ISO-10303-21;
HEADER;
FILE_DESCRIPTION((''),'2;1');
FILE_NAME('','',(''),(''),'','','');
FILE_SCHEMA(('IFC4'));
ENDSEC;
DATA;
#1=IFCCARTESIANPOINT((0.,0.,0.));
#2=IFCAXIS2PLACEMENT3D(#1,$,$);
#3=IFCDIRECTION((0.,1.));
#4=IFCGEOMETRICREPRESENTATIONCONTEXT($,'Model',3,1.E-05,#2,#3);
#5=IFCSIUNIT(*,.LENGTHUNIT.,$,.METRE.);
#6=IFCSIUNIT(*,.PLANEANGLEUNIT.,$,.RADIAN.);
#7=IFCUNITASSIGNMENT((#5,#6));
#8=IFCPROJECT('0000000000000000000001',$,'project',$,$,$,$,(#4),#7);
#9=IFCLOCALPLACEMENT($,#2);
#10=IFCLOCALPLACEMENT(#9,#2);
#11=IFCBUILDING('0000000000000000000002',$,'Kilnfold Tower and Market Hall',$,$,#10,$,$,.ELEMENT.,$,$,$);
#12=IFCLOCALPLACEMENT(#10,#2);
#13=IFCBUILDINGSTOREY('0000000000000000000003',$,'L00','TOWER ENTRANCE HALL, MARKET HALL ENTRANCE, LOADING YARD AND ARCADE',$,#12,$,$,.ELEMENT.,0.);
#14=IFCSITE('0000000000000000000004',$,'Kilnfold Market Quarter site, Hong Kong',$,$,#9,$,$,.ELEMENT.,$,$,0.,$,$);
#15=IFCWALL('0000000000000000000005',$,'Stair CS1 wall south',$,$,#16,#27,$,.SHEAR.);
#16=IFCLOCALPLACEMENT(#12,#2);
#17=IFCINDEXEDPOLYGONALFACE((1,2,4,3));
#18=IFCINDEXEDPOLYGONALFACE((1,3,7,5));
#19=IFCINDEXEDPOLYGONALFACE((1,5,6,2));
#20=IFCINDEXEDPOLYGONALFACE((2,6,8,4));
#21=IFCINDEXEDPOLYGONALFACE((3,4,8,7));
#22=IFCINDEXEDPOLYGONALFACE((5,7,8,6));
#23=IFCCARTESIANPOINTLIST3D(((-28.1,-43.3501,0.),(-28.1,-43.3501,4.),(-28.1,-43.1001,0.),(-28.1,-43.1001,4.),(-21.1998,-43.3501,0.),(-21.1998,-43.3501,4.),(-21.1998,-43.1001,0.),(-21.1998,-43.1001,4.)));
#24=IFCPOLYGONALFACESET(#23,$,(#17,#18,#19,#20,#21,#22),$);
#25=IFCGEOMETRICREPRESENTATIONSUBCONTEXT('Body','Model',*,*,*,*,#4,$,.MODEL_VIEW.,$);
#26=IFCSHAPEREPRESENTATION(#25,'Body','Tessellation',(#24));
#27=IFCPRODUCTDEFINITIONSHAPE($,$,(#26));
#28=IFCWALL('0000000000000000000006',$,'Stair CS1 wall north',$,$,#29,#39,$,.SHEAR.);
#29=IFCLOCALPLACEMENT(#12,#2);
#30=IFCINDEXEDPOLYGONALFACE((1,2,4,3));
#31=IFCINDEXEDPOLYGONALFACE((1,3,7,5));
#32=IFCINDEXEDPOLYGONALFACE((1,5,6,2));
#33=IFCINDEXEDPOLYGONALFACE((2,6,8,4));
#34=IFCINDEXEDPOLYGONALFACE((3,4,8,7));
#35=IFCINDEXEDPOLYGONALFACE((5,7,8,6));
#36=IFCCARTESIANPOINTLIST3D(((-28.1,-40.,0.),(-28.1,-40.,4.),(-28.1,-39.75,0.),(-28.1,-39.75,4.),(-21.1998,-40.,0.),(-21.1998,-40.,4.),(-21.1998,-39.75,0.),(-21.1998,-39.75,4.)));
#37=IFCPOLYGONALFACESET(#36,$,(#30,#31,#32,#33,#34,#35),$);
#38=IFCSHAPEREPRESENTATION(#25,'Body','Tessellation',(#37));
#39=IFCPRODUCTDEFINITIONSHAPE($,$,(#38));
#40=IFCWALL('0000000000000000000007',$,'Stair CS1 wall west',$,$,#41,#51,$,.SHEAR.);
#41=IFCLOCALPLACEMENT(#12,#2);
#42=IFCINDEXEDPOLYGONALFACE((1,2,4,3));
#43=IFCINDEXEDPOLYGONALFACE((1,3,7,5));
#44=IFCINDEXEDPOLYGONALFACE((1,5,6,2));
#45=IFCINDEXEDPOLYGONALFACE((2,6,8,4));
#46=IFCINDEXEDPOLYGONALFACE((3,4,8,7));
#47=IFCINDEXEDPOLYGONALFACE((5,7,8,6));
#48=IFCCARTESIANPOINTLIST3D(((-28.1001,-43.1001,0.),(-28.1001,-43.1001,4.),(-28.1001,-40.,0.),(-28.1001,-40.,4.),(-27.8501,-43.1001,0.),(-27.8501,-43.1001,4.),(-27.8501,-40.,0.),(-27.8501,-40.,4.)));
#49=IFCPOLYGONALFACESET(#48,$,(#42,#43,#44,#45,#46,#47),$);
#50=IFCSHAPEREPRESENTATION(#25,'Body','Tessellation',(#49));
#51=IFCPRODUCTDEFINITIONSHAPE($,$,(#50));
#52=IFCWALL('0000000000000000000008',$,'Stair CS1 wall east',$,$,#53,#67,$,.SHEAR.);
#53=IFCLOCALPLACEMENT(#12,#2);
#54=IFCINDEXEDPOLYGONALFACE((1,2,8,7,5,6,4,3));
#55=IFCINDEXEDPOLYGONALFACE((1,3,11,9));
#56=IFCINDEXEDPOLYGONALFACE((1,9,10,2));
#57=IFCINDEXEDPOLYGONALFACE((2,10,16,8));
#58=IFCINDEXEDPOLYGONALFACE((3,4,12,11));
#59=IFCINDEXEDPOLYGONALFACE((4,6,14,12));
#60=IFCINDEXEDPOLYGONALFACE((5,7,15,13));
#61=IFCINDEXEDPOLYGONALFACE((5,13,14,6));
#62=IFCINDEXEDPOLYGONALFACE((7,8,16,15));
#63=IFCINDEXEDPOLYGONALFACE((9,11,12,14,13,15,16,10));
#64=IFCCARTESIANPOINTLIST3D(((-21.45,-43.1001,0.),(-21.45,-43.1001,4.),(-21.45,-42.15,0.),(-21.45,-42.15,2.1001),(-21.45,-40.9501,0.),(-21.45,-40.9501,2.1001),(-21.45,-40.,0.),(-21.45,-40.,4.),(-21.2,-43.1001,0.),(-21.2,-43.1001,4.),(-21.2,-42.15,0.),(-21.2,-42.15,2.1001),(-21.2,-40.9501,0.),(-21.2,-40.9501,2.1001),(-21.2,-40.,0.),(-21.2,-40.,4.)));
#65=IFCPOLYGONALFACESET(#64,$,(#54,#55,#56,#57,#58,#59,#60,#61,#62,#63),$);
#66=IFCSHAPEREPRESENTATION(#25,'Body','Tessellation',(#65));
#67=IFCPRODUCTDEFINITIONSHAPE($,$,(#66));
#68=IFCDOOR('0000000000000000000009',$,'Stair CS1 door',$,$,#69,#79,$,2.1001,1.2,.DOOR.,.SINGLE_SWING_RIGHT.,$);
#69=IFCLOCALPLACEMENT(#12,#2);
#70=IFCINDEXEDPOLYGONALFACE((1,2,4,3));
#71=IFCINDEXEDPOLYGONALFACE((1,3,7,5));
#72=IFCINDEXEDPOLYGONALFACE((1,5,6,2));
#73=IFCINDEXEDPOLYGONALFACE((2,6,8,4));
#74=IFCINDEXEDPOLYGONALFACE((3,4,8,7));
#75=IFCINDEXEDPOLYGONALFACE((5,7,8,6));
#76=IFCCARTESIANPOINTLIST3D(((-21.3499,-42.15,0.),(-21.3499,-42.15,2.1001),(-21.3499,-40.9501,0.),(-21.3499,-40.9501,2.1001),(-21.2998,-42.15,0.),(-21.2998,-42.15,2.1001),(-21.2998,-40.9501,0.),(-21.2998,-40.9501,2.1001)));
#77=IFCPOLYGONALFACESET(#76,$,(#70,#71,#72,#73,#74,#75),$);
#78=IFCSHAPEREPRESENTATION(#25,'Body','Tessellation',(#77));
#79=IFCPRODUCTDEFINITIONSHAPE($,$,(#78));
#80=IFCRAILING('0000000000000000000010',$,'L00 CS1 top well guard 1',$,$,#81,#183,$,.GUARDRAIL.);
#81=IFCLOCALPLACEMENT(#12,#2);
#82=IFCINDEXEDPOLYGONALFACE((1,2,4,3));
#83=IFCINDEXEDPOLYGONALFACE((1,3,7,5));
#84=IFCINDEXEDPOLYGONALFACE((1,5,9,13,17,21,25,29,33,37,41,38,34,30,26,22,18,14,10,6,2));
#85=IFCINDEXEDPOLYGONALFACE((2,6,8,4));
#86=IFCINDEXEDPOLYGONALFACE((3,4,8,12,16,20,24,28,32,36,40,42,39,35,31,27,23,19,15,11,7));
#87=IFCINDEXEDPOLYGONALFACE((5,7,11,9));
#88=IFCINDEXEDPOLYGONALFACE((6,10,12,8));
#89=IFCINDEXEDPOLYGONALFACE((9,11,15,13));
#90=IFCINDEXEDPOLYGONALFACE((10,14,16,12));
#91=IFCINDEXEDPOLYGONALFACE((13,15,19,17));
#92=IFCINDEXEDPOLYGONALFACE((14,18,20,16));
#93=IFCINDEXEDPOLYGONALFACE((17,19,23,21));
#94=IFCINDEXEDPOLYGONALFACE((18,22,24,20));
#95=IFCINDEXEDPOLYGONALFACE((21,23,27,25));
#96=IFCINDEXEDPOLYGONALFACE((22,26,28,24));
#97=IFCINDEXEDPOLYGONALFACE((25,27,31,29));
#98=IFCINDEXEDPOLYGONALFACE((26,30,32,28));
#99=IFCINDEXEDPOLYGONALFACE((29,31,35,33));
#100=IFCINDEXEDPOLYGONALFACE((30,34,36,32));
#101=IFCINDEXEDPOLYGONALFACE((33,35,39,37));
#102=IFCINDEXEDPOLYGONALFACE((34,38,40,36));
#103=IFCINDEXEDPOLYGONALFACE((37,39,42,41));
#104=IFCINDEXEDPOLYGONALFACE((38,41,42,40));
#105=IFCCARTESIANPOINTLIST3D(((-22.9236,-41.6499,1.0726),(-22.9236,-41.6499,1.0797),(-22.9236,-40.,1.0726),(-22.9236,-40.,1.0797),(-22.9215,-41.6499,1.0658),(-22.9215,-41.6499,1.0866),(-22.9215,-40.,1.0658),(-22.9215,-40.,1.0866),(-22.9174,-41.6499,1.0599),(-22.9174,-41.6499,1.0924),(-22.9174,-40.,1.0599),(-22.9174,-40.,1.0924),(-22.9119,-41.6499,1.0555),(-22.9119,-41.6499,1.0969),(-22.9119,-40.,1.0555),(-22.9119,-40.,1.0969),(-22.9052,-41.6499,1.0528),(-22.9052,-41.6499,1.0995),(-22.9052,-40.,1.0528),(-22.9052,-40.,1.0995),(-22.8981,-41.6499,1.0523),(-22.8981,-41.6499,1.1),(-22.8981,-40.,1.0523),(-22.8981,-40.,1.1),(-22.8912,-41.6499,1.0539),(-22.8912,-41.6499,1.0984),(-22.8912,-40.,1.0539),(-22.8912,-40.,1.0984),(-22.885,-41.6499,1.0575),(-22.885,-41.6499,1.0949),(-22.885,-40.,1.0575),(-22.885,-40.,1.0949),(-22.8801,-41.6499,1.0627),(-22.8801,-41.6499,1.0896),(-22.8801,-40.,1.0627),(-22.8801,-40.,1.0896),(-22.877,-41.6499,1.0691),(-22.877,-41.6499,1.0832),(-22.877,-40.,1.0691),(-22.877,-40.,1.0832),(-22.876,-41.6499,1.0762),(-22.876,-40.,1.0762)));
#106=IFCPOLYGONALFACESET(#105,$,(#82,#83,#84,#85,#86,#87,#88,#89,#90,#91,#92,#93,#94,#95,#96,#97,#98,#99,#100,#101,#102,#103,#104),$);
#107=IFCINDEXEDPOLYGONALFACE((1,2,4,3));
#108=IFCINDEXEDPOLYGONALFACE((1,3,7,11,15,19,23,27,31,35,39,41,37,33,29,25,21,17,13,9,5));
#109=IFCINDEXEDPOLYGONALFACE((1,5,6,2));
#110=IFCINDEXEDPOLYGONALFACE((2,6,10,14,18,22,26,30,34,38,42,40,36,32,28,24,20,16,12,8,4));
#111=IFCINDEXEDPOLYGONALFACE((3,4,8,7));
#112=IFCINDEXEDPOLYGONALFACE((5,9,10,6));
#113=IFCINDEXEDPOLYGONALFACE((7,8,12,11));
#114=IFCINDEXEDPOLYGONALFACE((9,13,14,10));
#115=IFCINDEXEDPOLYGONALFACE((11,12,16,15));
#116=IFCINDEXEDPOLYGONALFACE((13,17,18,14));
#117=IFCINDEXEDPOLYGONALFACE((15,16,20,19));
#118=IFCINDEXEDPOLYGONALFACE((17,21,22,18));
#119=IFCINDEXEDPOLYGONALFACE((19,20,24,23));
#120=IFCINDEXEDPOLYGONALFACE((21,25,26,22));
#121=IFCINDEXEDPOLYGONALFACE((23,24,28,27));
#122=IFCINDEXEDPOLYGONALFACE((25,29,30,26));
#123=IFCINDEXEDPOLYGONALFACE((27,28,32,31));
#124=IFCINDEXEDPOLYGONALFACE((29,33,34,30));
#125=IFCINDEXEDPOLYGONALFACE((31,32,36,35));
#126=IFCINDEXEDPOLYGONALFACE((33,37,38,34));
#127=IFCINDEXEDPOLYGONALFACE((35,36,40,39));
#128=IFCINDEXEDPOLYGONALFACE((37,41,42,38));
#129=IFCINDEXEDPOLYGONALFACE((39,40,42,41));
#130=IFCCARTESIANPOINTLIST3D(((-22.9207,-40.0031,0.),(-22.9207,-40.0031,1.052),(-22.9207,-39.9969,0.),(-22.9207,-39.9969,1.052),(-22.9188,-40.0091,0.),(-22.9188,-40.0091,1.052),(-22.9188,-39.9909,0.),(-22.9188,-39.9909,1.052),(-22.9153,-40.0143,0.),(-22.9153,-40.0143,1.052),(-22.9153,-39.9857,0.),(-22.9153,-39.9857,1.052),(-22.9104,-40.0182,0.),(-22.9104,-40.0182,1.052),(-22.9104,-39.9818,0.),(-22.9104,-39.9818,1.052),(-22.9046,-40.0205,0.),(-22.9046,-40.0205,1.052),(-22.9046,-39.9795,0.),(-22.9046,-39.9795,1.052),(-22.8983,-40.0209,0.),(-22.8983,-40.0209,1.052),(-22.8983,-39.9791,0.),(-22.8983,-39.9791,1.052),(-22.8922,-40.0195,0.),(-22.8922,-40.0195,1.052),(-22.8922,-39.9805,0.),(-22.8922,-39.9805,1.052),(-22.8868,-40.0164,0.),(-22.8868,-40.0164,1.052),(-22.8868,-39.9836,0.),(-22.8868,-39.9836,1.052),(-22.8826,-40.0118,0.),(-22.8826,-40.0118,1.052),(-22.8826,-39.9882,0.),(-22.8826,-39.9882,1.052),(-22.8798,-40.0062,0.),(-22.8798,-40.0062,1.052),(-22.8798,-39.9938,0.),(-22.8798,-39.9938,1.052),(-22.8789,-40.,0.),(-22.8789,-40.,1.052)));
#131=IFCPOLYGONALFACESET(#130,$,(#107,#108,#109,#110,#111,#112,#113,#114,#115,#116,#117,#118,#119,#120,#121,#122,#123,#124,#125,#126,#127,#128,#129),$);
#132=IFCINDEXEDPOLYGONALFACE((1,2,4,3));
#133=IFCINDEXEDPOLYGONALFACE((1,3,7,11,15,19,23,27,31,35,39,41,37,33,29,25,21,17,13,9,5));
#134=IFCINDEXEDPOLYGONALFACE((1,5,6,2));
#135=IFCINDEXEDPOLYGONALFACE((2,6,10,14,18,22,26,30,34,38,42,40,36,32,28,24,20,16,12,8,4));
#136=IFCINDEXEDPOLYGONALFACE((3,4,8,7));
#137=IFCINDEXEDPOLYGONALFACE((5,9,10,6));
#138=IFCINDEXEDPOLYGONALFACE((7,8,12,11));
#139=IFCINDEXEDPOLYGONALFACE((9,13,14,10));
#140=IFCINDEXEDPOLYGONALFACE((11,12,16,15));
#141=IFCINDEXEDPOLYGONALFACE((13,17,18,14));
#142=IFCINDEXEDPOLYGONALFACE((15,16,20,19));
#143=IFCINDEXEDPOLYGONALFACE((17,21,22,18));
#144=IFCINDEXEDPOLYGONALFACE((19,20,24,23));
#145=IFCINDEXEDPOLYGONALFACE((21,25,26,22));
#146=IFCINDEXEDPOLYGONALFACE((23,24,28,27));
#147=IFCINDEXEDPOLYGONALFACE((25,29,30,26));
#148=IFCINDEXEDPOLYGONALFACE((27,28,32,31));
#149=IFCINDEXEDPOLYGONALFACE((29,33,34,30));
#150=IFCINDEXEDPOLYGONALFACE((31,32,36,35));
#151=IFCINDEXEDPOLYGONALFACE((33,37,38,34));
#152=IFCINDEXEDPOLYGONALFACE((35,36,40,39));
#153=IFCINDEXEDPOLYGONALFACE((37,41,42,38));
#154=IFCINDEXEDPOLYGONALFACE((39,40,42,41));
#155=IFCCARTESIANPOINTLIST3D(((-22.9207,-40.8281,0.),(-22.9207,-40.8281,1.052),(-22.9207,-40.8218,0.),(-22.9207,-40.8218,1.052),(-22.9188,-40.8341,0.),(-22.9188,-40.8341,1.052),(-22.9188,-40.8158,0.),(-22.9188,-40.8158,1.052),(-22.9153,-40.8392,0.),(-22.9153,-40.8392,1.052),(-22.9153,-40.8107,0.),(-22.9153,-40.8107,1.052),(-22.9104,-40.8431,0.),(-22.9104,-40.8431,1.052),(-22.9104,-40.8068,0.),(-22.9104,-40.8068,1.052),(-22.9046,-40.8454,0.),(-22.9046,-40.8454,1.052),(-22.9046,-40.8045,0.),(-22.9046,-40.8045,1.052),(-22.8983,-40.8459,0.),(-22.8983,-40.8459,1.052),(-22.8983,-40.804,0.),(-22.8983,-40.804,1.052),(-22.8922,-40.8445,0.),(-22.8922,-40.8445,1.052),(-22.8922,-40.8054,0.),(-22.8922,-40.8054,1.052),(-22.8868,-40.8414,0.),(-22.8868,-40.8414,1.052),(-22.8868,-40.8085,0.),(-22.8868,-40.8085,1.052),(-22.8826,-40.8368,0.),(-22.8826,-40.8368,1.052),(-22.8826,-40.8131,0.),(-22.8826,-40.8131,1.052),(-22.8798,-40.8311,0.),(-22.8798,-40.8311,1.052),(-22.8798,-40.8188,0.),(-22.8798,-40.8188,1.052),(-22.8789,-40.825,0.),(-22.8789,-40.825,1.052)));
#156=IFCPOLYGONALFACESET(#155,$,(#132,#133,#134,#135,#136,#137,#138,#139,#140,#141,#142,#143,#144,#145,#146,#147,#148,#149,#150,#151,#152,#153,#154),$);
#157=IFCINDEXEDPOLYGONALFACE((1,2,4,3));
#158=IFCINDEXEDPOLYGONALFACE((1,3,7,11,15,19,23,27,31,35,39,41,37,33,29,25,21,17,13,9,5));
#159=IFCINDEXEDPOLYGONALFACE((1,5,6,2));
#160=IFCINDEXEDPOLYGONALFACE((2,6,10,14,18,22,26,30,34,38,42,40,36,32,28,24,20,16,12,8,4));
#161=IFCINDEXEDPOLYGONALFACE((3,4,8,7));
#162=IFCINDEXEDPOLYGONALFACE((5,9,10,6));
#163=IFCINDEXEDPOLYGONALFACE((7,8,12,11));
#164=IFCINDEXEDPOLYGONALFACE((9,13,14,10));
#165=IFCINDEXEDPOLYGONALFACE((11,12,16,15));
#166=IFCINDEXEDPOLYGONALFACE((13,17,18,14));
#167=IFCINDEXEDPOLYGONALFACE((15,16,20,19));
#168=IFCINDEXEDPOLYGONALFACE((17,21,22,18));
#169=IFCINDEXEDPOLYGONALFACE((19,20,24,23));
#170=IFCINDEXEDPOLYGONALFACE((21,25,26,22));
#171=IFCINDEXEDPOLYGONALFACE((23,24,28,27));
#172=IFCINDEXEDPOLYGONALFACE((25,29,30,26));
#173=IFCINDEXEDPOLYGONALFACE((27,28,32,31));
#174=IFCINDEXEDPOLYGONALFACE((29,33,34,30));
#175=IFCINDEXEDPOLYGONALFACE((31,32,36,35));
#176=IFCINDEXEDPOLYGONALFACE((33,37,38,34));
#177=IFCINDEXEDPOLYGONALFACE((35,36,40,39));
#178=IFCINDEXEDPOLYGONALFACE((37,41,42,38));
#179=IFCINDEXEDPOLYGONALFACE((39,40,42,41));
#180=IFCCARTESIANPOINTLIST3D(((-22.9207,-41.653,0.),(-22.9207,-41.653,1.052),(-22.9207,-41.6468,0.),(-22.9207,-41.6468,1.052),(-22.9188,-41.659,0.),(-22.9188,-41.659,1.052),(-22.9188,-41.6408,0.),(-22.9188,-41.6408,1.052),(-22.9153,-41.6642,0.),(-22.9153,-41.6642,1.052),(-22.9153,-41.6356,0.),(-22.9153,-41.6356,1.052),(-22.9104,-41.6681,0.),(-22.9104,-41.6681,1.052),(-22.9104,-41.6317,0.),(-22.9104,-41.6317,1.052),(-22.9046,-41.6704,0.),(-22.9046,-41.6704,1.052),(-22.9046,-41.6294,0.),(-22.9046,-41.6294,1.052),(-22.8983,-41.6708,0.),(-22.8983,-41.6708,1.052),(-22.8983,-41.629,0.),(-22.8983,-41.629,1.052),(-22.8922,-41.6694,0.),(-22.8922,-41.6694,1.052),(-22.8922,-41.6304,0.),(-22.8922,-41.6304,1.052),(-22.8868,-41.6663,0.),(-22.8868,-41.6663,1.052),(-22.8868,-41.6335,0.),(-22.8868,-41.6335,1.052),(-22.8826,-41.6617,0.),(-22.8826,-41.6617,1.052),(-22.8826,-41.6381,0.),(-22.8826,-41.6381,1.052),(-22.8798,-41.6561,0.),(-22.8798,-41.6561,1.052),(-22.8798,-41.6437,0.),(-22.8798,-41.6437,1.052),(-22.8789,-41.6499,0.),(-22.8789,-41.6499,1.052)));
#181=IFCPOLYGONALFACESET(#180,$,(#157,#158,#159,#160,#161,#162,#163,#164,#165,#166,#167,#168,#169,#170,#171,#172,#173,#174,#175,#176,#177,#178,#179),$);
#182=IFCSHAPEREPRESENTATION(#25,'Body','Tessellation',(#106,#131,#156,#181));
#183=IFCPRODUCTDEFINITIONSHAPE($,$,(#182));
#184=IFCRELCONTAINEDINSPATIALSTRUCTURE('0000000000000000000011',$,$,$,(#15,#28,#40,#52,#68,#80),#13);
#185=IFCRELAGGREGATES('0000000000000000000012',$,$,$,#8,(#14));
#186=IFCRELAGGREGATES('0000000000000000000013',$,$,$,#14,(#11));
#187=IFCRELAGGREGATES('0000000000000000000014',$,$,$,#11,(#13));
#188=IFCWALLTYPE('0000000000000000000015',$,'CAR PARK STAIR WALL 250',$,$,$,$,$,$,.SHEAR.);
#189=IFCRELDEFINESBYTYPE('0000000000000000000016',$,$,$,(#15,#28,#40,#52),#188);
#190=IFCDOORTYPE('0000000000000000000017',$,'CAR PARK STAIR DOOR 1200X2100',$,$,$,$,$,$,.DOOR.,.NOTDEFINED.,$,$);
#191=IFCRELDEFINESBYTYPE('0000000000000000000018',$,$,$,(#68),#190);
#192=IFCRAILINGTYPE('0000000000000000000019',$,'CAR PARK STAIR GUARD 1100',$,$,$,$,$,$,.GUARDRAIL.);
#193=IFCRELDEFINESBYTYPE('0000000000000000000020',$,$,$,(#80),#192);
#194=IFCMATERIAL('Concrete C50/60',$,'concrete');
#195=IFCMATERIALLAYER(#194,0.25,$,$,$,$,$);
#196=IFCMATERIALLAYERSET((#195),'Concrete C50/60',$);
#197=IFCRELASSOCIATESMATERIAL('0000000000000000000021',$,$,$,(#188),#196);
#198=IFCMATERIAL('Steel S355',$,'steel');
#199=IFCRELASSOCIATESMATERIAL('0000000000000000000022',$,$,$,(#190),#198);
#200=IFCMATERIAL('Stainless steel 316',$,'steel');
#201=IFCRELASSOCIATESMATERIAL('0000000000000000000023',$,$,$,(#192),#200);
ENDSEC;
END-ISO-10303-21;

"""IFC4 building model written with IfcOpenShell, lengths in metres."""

from ifc_helpers import new_model, si_unit, direction, frame, frame_2d, origin, origin_2d, place, context, subcontext, project, spatial, rectangle, circle, extrude, source, transform, mapped, material, layer, layer_set, type_object, element, fill, save


model = new_model("IFC4")

# Units and contexts
model_context = context("Model", 3, precision=1e-05, world=origin(), true_north=direction((0.0, 1.0)))
body_context = subcontext(model_context, "Body", "Model", "MODEL_VIEW")
ifc_project = project(units=[si_unit("LENGTHUNIT", "METRE"), si_unit("PLANEANGLEUNIT", "RADIAN")], contexts=[model_context])

# Site, building, storey
site_placement = place(None, origin())
site = spatial("IfcSite", under=ifc_project, at=site_placement, Name="Kilnfold Market Quarter site, Hong Kong", CompositionType="ELEMENT", RefElevation=0.0)
building_placement = place(site_placement, origin())
building = spatial("IfcBuilding", under=site, at=building_placement, Name="Kilnfold Tower and Market Hall", CompositionType="ELEMENT")
storey_placement = place(building_placement, origin())
storey = spatial("IfcBuildingStorey", under=building, at=storey_placement, Name="L00", Description="TOWER ENTRANCE HALL, MARKET HALL ENTRANCE, LOADING YARD AND ARCADE", CompositionType="ELEMENT", Elevation=0.0)

# Walls
ifc_material_1 = material(Name="Concrete C50/60", Category="concrete")
ifc_layer_1 = layer(ifc_material_1, 0.25)
ifc_layer_set_1 = layer_set([ifc_layer_1], Name="Concrete C50/60")
wall_type_1 = type_object("IfcWallType", Name="CAR PARK STAIR WALL 250", PredefinedType="SHEAR", material=ifc_layer_set_1)
shared_shape_1 = source(origin(), body_context, "Body", "SweptSolid", [
    extrude(rectangle(XDim=6.9001, YDim=0.25, at=frame_2d((3.4502, 0.0))), origin(), (0.0, 0.0, 1.0), 4.0),
])
for number, where, z_axis, x_axis, name in (
    (1, (-28.1001, -43.2251, 0.0), (0.0, 0.0, 1.0), (1.0, 0.0, 0.0), "Stair CS1 wall south"),
    (2, (-28.1001, -39.875, 0.0), (0.0, 0.0, 1.0), (1.0, 0.0, 0.0), "Stair CS1 wall north"),
):
    element("IfcWall", number, at=place(storey_placement, frame(where, z_axis=z_axis, x_axis=x_axis)), inside=storey, type_object=wall_type_1, Name=name, PredefinedType="SHEAR", context=body_context, shape_type="MappedRepresentation", body=[
        mapped(shared_shape_1, transform((0.0, 0.0, 0.0))),
    ])
shared_shape_2 = source(origin(), body_context, "Body", "SweptSolid", [
    extrude(rectangle(XDim=3.1001, YDim=0.25, at=frame_2d((1.55, 0.0))), origin(), (0.0, 0.0, 1.0), 4.0),
])
wall_1_placement = place(storey_placement, frame((-27.9751, -43.1001, 0.0), z_axis=(0.0, 0.0, 1.0), x_axis=(0.0, 1.0, 0.0)))
element("IfcWall", 3, at=wall_1_placement, inside=storey, type_object=wall_type_1, Name="Stair CS1 wall west", PredefinedType="SHEAR", context=body_context, shape_type="MappedRepresentation", body=[
    mapped(shared_shape_2, transform((0.0, 0.0, 0.0))),
])

# Wall, opening, door
wall_2_placement = place(storey_placement, frame((-21.325, -43.1001, 0.0), z_axis=(0.0, 0.0, 1.0), x_axis=(0.0, 1.0, 0.0)))
wall_2 = element("IfcWall", 4, at=wall_2_placement, inside=storey, type_object=wall_type_1, Name="Stair CS1 wall east", PredefinedType="SHEAR", context=body_context, shape_type="MappedRepresentation", body=[
    mapped(shared_shape_2, transform((0.0, 0.0, 0.0))),
])
opening_1_placement = place(wall_2_placement, frame((0.95, 0.0, 0.0)))
opening_1 = element("IfcOpeningElement", 5, at=opening_1_placement, cuts=wall_2, PredefinedType="OPENING", context=body_context, shape_type="SweptSolid", body=[
    extrude(rectangle(XDim=1.2, YDim=2.1001, at=frame_2d((0.6001, 1.05))), frame((0.0, 0.135, 0.0), z_axis=(0.0, -1.0, 0.0), x_axis=(1.0, 0.0, 0.0)), (0.0, 0.0, 1.0), 0.27),
])
ifc_material_2 = material(Name="Steel S355", Category="steel")
door_type_1 = type_object("IfcDoorType", Name="CAR PARK STAIR DOOR 1200X2100", OperationType="NOTDEFINED", PredefinedType="DOOR", material=ifc_material_2)
door_1_placement = place(opening_1_placement, origin())
door_1 = element("IfcDoor", 6, at=door_1_placement, inside=storey, type_object=door_type_1, Name="Stair CS1 door", OperationType="SINGLE_SWING_RIGHT", OverallHeight=2.1001, OverallWidth=1.2, PredefinedType="DOOR", context=body_context, shape_type="SweptSolid", body=[
    extrude(rectangle(XDim=1.2, YDim=2.1001, at=frame_2d((0.6001, 1.05))), frame((0.0, 0.0249, 0.0), z_axis=(0.0, -1.0, 0.0), x_axis=(1.0, 0.0, 0.0)), (0.0, 0.0, 1.0), 0.05),
])
fill(opening_1, door_1)

# Railing
ifc_material_3 = material(Name="Stainless steel 316", Category="steel")
railing_type = type_object("IfcRailingType", Name="CAR PARK STAIR GUARD 1100", PredefinedType="GUARDRAIL", material=ifc_material_3)
railing_placement = place(storey_placement, frame((-22.8999, -40.0, 0.0)))
element("IfcRailing", 7, at=railing_placement, inside=storey, type_object=railing_type, Name="L00 CS1 top well guard 1", PredefinedType="GUARDRAIL", context=body_context, shape_type="SweptSolid", body=[
    extrude(circle(Radius=0.0239, at=origin_2d()), frame((0.0, 0.0, 1.0762), z_axis=(0.0, -1.0, 0.0), x_axis=(1.0, 0.0, 0.0)), (0.0, 0.0, 1.0), 1.6499),
    extrude(circle(Radius=0.021, at=origin_2d()), origin(), (0.0, 0.0, 1.0), 1.052),
    extrude(circle(Radius=0.021, at=origin_2d()), frame((0.0, -0.825, 0.0)), (0.0, 0.0, 1.0), 1.052),
    extrude(circle(Radius=0.021, at=origin_2d()), frame((0.0, -1.6499, 0.0)), (0.0, 0.0, 1.0), 1.052),
])

save(model, "model.ifc")
